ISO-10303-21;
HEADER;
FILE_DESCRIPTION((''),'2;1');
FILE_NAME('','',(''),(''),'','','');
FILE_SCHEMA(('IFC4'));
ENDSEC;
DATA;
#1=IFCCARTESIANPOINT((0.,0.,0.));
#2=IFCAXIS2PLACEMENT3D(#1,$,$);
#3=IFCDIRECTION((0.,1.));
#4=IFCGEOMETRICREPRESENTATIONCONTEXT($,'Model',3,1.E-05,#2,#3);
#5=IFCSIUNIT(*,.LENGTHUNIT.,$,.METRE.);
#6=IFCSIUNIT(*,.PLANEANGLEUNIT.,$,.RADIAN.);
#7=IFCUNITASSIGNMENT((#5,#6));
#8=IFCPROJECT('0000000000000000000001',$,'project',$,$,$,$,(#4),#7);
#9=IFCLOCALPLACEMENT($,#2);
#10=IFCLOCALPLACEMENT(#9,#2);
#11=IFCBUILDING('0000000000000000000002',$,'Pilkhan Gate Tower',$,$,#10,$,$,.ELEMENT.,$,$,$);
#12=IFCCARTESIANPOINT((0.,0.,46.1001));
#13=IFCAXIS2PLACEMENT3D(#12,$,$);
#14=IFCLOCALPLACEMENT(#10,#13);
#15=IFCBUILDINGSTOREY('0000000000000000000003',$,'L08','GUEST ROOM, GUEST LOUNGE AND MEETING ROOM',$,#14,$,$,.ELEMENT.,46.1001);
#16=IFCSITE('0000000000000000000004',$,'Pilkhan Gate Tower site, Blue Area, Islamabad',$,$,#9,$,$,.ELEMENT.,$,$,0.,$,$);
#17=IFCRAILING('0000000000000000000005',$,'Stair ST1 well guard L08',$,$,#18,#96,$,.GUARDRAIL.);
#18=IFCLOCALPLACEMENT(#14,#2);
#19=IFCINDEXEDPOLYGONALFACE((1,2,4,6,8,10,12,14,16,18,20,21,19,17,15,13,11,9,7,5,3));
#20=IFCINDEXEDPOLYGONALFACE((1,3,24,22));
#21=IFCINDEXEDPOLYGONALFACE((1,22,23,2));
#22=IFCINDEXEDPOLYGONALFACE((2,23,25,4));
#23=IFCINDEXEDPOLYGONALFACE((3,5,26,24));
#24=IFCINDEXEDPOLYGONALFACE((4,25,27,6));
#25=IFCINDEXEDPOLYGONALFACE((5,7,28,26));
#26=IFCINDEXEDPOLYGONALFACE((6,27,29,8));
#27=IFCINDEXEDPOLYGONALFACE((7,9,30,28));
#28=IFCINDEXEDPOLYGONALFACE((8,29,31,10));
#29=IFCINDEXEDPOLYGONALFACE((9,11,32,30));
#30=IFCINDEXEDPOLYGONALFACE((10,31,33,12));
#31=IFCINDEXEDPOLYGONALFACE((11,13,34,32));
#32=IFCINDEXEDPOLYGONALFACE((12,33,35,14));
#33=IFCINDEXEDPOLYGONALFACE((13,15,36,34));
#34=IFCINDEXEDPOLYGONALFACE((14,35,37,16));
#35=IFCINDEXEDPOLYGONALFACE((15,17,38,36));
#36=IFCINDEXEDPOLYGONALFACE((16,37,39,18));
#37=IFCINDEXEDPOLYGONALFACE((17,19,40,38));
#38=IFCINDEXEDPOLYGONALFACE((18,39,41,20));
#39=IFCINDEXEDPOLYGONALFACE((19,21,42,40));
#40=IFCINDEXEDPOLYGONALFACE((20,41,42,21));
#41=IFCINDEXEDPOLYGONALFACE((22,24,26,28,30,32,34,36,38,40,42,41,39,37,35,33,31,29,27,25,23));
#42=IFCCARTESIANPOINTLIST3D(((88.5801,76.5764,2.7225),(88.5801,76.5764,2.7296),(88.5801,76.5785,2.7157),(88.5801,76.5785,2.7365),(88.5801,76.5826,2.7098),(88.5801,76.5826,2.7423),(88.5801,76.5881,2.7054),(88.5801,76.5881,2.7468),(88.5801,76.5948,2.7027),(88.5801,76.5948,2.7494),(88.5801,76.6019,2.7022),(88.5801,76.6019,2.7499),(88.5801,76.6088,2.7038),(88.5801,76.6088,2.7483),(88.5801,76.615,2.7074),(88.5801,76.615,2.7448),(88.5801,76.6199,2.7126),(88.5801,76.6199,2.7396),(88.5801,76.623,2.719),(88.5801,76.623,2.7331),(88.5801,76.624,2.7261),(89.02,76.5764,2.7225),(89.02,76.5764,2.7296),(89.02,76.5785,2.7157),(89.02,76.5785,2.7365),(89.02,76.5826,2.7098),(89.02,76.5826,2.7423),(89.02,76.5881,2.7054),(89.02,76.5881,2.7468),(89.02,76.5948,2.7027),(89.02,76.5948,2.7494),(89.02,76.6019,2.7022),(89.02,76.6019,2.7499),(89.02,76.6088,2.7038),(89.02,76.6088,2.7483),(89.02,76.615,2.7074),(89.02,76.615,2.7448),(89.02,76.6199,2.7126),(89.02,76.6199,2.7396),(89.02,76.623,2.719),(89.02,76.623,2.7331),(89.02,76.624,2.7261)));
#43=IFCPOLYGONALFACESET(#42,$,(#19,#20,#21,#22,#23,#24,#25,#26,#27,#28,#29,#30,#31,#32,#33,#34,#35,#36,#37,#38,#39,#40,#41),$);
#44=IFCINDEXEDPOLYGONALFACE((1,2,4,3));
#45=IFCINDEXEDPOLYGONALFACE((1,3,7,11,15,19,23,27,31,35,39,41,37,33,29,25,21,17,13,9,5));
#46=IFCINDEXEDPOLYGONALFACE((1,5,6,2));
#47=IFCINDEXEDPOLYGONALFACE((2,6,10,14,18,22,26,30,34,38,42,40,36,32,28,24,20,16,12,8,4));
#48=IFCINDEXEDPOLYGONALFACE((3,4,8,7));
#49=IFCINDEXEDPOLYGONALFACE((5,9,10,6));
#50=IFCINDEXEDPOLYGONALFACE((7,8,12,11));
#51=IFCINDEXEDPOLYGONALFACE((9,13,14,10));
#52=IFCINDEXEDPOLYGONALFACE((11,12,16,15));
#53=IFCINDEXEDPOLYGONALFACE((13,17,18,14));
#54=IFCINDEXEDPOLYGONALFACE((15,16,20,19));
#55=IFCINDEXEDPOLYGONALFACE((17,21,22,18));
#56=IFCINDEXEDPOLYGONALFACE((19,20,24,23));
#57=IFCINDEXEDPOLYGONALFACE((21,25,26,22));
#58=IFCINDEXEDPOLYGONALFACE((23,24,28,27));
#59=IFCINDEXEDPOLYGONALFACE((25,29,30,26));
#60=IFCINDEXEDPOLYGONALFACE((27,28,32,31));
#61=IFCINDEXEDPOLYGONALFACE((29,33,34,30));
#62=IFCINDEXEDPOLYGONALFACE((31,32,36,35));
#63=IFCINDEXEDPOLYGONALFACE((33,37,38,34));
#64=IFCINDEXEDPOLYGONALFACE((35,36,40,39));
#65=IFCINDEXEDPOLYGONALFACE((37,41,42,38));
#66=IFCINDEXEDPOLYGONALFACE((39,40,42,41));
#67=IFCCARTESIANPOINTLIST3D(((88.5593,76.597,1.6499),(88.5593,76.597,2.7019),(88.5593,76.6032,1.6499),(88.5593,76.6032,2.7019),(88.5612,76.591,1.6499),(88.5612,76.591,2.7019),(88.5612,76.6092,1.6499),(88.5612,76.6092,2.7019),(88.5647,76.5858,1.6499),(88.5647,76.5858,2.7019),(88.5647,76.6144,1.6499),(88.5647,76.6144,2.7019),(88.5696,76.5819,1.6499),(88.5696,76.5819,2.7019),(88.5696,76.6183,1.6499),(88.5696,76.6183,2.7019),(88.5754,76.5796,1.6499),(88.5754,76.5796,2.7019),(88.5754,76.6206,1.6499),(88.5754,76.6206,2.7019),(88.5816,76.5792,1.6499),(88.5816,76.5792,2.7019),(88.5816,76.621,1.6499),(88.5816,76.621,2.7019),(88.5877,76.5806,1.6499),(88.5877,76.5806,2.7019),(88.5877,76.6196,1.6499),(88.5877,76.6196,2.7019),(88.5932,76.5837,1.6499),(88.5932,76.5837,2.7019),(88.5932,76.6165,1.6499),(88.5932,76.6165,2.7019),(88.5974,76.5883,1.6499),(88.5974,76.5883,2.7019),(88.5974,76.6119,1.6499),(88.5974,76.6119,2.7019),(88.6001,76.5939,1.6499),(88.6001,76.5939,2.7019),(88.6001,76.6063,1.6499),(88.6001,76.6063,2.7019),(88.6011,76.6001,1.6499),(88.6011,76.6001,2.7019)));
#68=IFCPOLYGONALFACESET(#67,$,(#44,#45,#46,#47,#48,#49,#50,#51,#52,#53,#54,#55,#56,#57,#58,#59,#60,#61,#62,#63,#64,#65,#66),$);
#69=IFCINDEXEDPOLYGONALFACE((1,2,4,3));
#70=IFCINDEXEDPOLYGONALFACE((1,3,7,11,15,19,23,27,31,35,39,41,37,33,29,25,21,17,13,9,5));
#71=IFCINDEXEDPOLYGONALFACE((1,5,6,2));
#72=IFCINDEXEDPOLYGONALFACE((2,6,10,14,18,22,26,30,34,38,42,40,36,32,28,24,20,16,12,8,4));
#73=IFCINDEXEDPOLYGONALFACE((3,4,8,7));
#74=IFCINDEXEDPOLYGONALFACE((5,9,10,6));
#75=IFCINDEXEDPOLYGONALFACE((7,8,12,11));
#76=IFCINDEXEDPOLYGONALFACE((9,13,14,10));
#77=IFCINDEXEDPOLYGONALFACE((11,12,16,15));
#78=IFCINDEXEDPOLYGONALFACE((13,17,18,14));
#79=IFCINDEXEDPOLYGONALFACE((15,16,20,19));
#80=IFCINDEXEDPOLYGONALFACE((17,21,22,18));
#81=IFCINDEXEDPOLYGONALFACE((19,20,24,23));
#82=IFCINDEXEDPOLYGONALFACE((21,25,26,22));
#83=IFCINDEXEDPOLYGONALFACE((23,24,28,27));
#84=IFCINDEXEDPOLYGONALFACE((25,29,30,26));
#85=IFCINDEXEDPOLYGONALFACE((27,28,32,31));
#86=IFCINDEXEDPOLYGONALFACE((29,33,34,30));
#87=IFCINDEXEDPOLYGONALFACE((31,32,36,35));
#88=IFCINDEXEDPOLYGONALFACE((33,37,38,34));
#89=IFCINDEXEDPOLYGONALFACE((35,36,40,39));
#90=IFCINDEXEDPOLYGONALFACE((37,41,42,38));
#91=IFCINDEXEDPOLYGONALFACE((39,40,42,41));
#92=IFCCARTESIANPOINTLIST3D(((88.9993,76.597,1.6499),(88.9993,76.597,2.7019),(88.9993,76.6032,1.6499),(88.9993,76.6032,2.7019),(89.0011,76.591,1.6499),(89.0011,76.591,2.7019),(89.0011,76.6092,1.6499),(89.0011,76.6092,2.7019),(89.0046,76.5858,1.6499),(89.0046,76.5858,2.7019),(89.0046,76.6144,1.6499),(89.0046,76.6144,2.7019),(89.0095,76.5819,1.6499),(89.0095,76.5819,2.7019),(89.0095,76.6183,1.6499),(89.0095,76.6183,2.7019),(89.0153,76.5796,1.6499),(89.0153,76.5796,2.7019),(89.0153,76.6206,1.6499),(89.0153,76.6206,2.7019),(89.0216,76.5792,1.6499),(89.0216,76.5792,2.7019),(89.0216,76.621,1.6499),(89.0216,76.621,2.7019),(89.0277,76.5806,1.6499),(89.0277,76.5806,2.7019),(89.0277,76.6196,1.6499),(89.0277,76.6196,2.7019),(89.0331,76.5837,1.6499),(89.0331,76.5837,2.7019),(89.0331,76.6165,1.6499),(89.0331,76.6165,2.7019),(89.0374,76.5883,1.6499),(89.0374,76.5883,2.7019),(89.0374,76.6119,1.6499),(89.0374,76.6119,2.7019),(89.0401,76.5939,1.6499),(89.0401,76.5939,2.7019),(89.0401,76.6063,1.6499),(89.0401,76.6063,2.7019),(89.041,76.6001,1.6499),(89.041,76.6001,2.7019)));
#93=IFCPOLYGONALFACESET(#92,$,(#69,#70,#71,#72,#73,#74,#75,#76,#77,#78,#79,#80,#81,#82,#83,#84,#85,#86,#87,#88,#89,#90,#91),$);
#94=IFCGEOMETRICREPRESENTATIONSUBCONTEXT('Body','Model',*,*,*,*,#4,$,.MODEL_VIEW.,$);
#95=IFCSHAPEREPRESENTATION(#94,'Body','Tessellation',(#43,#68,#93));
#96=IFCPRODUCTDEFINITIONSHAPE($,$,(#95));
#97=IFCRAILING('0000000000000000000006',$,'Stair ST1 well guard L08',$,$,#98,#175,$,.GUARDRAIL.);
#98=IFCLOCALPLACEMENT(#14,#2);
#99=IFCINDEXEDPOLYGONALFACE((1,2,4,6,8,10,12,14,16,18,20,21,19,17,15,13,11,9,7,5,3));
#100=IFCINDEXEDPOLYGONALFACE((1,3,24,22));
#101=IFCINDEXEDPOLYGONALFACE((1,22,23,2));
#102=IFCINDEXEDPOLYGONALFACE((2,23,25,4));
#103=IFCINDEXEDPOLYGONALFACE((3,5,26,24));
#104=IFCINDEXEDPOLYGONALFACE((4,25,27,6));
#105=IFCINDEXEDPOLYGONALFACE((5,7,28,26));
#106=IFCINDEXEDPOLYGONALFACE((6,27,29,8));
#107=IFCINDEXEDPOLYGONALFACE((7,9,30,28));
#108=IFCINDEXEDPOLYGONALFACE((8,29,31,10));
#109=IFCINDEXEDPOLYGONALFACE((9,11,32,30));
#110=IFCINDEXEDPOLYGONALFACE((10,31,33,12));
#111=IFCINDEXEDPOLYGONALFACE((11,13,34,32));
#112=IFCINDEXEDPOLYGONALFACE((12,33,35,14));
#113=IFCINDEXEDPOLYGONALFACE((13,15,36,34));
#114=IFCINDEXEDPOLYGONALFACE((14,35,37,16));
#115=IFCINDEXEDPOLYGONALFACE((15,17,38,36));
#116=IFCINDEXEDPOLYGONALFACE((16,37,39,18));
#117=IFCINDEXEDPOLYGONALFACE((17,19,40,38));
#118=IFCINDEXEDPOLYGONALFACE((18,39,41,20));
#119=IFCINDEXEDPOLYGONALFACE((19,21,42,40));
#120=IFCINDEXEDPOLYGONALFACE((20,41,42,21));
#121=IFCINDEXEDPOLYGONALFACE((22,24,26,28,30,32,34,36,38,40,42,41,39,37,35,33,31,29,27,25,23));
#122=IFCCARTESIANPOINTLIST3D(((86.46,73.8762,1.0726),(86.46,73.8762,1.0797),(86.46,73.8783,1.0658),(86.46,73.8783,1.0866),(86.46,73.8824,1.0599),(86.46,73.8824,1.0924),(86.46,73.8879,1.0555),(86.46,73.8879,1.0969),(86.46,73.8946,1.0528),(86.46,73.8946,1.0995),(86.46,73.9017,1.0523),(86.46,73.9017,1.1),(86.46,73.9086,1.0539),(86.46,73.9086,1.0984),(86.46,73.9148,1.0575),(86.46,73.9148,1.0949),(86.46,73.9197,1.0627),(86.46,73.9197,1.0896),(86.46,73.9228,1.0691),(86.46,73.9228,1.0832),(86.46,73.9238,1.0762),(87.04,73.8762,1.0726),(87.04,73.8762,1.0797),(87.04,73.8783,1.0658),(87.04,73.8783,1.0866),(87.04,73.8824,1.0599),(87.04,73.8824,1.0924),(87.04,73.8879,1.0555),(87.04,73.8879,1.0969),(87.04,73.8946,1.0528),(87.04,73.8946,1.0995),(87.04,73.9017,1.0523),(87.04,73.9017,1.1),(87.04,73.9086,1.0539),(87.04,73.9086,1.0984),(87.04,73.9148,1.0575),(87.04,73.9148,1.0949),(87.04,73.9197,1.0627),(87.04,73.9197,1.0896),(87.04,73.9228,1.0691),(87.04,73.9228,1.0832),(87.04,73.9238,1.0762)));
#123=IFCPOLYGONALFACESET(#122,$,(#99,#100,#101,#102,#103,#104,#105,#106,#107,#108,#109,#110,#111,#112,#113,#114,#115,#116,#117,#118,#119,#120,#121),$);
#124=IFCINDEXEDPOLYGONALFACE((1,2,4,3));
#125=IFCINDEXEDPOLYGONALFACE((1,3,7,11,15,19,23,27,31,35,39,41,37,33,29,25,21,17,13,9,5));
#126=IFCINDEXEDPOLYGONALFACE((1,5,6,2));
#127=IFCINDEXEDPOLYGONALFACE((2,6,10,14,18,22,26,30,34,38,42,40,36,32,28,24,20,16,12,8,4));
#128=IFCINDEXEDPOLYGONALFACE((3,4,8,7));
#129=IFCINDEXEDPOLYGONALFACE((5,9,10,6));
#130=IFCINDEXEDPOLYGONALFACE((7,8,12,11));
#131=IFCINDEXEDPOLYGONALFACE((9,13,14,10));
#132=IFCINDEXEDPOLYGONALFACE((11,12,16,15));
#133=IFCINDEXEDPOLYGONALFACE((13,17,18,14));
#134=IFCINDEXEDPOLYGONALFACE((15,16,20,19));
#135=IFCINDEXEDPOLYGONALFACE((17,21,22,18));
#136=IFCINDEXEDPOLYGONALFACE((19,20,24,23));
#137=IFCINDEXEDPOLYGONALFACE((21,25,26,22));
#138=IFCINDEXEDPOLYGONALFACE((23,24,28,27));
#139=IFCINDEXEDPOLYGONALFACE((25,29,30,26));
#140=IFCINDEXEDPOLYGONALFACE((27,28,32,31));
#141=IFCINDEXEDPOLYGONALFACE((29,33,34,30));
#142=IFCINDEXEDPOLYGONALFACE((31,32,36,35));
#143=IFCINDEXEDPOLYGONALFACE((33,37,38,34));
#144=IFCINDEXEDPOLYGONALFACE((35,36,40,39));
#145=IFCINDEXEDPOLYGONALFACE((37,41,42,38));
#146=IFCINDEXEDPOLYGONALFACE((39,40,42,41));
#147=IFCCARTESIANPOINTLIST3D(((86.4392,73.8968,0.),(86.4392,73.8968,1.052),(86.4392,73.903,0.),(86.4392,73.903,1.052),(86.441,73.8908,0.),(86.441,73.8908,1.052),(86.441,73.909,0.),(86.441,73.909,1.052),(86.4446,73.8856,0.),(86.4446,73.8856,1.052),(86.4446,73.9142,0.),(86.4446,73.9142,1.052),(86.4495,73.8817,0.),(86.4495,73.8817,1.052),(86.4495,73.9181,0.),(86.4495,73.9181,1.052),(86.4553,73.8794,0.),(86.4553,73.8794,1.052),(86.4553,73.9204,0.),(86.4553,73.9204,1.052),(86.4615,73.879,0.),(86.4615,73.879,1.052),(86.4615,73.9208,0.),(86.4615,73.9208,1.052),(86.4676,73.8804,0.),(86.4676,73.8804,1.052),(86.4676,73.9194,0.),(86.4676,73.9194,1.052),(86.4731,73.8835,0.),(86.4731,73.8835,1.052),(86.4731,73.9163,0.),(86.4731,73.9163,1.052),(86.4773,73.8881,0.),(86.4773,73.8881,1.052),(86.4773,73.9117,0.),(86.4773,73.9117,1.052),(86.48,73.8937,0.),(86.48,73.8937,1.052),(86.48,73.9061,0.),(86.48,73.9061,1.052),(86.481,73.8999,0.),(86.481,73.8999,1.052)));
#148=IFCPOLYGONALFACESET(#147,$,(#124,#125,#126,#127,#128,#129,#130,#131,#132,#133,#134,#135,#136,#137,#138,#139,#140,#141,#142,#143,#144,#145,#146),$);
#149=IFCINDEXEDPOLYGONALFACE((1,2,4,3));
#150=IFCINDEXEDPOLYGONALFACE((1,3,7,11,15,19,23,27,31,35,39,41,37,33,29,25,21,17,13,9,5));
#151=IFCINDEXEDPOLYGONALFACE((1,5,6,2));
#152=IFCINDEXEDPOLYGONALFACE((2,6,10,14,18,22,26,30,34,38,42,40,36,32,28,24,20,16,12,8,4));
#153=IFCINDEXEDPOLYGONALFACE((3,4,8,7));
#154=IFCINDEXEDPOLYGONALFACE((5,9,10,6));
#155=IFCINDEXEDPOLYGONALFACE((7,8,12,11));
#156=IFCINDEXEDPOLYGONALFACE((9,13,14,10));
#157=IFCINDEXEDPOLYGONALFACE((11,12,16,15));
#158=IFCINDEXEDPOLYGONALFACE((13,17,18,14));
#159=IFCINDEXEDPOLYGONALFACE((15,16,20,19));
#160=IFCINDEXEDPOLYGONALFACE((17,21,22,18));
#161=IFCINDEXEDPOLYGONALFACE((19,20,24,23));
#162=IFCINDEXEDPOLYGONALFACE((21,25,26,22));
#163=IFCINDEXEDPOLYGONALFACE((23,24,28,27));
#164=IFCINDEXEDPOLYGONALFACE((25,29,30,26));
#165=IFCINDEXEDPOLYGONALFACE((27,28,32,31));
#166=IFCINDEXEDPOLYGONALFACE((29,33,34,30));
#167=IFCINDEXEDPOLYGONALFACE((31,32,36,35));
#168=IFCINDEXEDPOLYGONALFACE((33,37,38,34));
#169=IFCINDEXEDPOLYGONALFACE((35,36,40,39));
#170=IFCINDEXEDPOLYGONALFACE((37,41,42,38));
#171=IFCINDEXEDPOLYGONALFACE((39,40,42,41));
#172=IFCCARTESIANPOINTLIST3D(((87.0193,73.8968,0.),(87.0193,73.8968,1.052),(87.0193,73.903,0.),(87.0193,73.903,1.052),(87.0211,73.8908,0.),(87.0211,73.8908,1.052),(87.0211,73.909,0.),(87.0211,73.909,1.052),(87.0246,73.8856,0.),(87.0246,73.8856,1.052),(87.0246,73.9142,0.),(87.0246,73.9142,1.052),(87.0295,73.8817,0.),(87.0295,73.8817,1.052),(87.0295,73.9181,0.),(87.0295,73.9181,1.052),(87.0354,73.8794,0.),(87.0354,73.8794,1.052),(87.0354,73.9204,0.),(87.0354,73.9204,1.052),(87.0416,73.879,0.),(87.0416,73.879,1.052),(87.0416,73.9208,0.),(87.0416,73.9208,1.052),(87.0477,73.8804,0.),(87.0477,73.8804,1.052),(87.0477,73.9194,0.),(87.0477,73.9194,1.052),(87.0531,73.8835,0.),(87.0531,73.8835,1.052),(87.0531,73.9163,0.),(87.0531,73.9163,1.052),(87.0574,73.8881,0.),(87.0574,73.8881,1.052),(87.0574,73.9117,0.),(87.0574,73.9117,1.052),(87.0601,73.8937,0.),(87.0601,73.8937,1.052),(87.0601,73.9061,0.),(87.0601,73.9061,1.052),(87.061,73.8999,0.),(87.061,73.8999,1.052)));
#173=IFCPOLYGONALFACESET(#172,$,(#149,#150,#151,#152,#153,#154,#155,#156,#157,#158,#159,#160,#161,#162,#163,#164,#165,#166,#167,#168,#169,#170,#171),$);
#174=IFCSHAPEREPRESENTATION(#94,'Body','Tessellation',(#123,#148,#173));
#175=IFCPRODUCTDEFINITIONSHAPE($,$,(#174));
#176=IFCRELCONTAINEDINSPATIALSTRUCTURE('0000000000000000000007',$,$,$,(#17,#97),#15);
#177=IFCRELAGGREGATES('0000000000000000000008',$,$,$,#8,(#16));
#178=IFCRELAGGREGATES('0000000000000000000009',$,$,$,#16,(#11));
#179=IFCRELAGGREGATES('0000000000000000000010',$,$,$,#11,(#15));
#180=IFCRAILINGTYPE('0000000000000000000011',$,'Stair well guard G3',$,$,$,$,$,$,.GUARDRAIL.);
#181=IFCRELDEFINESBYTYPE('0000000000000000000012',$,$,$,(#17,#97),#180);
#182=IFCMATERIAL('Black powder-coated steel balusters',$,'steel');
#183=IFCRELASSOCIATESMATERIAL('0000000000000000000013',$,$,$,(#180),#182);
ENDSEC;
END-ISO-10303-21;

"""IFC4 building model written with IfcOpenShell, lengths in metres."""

from ifc_helpers import new_model, si_unit, direction, frame, origin, origin_2d, place, context, subcontext, project, spatial, circle, extrude, material, type_object, element, save


model = new_model("IFC4")

# Units and contexts
model_context = context("Model", 3, precision=1e-05, world=origin(), true_north=direction((0.0, 1.0)))
body_context = subcontext(model_context, "Body", "Model", "MODEL_VIEW")
ifc_project = project(units=[si_unit("LENGTHUNIT", "METRE"), si_unit("PLANEANGLEUNIT", "RADIAN")], contexts=[model_context])

# Site, building, storey
site_placement = place(None, origin())
site = spatial("IfcSite", under=ifc_project, at=site_placement, Name="Pilkhan Gate Tower site, Blue Area, Islamabad", CompositionType="ELEMENT", RefElevation=0.0)
building_placement = place(site_placement, origin())
building = spatial("IfcBuilding", under=site, at=building_placement, Name="Pilkhan Gate Tower", CompositionType="ELEMENT")
storey_placement = place(building_placement, frame((0.0, 0.0, 46.1001)))
storey = spatial("IfcBuildingStorey", under=building, at=storey_placement, Name="L08", Description="GUEST ROOM, GUEST LOUNGE AND MEETING ROOM", CompositionType="ELEMENT", Elevation=46.1001)

# Railings
ifc_material_1 = material(Name="Black powder-coated steel balusters", Category="steel")
railing_type_1 = type_object("IfcRailingType", Name="Stair well guard G3", PredefinedType="GUARDRAIL", material=ifc_material_1)
railing_1_placement = place(storey_placement, frame((88.5801, 76.6001, 1.6499)))
element("IfcRailing", 1, at=railing_1_placement, inside=storey, type_object=railing_type_1, Name="Stair ST1 well guard L08", PredefinedType="GUARDRAIL", context=body_context, shape_type="SweptSolid", body=[
    extrude(circle(Radius=0.0239, at=origin_2d()), frame((0.0, 0.0, 1.0762), z_axis=(1.0, 0.0, 0.0), x_axis=(0.0, 1.0, 0.0)), (0.0, 0.0, 1.0), 0.4399),
    extrude(circle(Radius=0.021, at=origin_2d()), origin(), (0.0, 0.0, 1.0), 1.052),
    extrude(circle(Radius=0.021, at=origin_2d()), frame((0.4399, 0.0, 0.0)), (0.0, 0.0, 1.0), 1.052),
])
for number, where, name in (
    (2, (86.46, 73.8999, 0.0), "Stair ST1 well guard L08"),
):
    element("IfcRailing", number, at=place(storey_placement, frame(where)), inside=storey, type_object=railing_type_1, Name=name, PredefinedType="GUARDRAIL", context=body_context, shape_type="SweptSolid", body=[
        extrude(circle(Radius=0.0239, at=origin_2d()), frame((0.0, 0.0, 1.0762), z_axis=(1.0, 0.0, 0.0), x_axis=(0.0, 1.0, 0.0)), (0.0, 0.0, 1.0), 0.5801),
        extrude(circle(Radius=0.021, at=origin_2d()), origin(), (0.0, 0.0, 1.0), 1.052),
        extrude(circle(Radius=0.021, at=origin_2d()), frame((0.5801, 0.0, 0.0)), (0.0, 0.0, 1.0), 1.052),
    ])

save(model, "model.ifc")
